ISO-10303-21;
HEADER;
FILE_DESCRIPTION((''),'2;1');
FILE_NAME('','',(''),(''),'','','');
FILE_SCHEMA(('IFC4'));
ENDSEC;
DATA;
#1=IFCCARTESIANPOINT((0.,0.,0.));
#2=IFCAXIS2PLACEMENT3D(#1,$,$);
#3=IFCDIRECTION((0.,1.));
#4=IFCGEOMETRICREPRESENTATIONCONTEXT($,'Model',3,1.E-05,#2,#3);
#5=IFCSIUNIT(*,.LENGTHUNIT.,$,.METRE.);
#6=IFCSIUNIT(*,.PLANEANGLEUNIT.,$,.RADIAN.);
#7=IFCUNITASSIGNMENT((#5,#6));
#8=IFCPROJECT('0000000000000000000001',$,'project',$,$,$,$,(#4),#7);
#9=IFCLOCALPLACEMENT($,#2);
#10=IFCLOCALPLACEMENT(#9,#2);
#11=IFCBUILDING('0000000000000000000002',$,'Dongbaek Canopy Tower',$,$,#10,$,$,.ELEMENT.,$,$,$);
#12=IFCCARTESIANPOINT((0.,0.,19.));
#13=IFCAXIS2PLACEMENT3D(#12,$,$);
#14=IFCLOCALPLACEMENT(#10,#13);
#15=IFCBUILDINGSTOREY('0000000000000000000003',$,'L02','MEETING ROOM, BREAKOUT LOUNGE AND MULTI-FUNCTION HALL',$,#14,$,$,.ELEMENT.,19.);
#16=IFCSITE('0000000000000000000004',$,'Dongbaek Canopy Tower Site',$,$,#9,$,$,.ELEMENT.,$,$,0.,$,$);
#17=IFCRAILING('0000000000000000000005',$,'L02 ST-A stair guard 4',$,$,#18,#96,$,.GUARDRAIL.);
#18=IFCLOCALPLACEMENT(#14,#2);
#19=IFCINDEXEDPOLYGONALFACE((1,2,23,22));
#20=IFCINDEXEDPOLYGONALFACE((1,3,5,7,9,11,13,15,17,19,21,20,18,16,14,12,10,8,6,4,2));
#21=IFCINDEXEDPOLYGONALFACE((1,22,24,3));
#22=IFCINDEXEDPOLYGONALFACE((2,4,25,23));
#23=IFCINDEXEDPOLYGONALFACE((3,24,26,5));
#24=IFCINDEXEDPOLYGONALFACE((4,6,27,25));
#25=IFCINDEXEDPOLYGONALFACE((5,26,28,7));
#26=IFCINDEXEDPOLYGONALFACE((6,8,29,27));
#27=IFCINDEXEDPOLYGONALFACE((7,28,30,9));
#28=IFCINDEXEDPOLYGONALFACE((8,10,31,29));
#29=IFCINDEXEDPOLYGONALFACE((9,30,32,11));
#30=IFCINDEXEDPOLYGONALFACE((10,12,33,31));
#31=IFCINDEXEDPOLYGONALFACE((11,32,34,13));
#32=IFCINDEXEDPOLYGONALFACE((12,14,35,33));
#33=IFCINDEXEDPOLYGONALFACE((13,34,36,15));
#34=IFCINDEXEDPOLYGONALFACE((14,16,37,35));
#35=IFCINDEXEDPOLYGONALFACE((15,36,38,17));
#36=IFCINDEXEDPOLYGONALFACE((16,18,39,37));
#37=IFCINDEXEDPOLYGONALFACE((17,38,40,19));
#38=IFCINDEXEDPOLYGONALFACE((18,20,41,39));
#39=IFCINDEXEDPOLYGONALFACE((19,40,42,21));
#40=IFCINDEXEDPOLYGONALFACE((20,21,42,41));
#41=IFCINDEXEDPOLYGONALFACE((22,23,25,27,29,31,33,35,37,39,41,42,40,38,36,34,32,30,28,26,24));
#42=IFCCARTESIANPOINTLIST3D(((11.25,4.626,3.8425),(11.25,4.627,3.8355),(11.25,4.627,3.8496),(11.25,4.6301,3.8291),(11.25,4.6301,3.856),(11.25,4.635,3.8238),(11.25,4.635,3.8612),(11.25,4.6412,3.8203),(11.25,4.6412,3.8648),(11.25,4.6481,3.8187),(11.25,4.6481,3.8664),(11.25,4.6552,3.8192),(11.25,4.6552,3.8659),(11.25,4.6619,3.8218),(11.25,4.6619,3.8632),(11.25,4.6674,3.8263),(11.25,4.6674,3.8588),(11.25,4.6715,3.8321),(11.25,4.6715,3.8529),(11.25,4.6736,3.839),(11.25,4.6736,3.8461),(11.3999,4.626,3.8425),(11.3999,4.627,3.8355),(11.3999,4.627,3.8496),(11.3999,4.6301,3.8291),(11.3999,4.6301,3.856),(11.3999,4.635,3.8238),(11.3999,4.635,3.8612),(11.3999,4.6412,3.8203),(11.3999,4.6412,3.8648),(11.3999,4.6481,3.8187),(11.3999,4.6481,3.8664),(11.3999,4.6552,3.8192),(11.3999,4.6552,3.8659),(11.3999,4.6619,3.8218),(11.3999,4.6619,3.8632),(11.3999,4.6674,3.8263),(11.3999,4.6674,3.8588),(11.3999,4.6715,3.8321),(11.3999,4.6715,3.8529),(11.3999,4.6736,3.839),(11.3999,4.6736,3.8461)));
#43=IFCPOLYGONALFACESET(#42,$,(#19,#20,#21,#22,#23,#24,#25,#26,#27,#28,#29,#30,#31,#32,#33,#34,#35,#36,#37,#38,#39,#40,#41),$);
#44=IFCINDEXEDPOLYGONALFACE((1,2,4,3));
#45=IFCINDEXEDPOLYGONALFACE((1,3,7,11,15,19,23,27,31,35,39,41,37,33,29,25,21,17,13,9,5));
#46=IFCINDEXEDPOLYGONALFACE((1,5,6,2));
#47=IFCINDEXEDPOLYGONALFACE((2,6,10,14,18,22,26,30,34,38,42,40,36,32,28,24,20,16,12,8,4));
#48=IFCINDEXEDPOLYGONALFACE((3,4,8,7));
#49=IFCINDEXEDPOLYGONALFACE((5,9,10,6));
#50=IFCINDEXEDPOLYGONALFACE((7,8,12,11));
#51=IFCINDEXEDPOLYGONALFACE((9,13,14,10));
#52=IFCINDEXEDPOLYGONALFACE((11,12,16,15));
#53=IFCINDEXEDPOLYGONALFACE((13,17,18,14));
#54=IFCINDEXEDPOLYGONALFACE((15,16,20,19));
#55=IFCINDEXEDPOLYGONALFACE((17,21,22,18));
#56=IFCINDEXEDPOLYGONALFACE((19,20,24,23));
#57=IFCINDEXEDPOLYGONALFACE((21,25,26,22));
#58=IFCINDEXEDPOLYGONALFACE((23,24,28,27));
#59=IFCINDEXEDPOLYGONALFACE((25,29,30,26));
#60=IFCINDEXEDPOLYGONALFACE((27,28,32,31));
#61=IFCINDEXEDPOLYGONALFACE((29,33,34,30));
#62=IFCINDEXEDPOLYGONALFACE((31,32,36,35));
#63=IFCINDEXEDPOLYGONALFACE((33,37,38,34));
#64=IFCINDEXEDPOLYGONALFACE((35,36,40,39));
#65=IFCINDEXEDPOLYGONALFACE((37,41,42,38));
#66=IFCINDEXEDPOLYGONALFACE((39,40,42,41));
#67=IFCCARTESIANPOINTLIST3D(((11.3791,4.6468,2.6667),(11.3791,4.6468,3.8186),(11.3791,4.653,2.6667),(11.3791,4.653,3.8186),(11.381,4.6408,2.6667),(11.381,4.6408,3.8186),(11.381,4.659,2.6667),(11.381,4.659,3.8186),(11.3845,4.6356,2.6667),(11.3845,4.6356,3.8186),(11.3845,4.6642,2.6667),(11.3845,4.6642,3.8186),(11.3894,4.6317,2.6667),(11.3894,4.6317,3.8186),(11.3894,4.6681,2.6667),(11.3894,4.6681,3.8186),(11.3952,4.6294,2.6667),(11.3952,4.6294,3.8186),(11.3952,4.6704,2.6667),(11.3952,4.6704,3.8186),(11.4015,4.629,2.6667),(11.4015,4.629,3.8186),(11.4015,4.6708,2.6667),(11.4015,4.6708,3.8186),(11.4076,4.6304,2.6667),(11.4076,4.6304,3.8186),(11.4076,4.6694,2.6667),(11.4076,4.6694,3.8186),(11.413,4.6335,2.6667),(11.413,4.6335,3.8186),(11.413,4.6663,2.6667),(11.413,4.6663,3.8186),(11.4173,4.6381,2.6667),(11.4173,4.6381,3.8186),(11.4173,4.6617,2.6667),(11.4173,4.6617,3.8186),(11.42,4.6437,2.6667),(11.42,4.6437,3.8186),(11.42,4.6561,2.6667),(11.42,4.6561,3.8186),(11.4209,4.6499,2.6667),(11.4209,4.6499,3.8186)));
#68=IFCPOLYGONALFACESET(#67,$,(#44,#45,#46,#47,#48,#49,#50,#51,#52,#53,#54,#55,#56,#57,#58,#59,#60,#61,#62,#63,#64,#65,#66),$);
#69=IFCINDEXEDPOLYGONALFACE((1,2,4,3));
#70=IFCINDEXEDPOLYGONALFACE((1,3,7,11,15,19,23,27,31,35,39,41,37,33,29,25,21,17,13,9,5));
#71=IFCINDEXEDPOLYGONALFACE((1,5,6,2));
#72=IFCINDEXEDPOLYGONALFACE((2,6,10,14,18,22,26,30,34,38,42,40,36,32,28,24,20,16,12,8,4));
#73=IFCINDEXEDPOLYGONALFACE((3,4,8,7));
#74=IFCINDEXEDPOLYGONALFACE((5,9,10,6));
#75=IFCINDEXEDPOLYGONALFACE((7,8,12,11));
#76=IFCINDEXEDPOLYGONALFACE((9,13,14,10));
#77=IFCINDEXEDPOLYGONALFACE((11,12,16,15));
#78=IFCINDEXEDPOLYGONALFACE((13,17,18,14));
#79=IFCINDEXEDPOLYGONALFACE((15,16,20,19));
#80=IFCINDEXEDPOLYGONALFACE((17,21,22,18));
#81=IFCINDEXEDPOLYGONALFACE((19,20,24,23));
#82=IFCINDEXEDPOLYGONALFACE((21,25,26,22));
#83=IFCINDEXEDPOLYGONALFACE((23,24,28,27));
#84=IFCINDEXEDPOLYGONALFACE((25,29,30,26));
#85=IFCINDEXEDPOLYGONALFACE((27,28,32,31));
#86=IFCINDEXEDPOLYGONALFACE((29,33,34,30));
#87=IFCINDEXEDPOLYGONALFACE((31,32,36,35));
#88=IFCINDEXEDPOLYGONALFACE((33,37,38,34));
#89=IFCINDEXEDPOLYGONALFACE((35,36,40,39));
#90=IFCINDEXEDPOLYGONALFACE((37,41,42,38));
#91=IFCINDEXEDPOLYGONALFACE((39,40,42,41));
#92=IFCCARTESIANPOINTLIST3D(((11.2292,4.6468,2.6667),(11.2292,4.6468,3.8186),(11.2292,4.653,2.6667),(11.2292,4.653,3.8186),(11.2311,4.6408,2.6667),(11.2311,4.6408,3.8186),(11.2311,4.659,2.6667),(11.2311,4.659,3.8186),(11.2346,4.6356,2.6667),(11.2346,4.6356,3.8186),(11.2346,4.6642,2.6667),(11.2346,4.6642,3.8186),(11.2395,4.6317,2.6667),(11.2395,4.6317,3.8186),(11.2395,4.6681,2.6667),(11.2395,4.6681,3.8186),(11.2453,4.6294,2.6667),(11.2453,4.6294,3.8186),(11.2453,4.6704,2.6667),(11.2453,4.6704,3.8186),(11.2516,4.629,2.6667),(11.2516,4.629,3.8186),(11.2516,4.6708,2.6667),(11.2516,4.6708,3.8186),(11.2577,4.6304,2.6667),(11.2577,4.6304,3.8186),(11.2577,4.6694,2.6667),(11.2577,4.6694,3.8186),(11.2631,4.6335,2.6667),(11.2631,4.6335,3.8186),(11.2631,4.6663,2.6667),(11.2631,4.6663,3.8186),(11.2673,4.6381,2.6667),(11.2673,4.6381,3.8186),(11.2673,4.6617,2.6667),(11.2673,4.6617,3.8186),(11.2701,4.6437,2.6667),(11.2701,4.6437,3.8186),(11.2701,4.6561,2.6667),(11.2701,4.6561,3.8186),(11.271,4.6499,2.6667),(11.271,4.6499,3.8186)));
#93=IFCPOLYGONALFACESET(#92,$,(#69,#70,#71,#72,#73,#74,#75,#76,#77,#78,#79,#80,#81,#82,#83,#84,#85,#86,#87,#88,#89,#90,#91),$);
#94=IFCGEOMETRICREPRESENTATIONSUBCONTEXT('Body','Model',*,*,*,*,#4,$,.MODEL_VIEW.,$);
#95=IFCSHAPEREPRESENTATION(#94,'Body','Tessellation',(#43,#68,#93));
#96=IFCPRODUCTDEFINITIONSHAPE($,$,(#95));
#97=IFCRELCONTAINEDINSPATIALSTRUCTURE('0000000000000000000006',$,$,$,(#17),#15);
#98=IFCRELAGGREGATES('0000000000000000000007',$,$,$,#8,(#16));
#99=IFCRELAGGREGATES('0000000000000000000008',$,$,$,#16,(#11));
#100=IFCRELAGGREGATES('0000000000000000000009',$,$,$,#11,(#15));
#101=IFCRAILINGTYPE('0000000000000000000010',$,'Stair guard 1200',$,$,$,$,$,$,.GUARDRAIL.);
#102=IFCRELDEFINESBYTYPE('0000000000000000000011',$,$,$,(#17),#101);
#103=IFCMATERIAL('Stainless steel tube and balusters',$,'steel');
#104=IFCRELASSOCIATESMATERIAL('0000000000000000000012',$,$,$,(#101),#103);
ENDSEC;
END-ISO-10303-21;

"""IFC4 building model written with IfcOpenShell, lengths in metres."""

from ifc_helpers import new_model, si_unit, direction, frame, origin, origin_2d, place, context, subcontext, project, spatial, circle, extrude, material, type_object, element, save


model = new_model("IFC4")

# Units and contexts
model_context = context("Model", 3, precision=1e-05, world=origin(), true_north=direction((0.0, 1.0)))
body_context = subcontext(model_context, "Body", "Model", "MODEL_VIEW")
ifc_project = project(units=[si_unit("LENGTHUNIT", "METRE"), si_unit("PLANEANGLEUNIT", "RADIAN")], contexts=[model_context])

# Site, building, storey
site_placement = place(None, origin())
site = spatial("IfcSite", under=ifc_project, at=site_placement, Name="Dongbaek Canopy Tower Site", CompositionType="ELEMENT", RefElevation=0.0)
building_placement = place(site_placement, origin())
building = spatial("IfcBuilding", under=site, at=building_placement, Name="Dongbaek Canopy Tower", CompositionType="ELEMENT")
storey_placement = place(building_placement, frame((0.0, 0.0, 19.0)))
storey = spatial("IfcBuildingStorey", under=building, at=storey_placement, Name="L02", Description="MEETING ROOM, BREAKOUT LOUNGE AND MULTI-FUNCTION HALL", CompositionType="ELEMENT", Elevation=19.0)

# Railing
ifc_material_1 = material(Name="Stainless steel tube and balusters", Category="steel")
railing_type_1 = type_object("IfcRailingType", Name="Stair guard 1200", PredefinedType="GUARDRAIL", material=ifc_material_1)
railing_1_placement = place(storey_placement, frame((11.3999, 4.6499, 2.6667)))
element("IfcRailing", 1, at=railing_1_placement, inside=storey, type_object=railing_type_1, Name="L02 ST-A stair guard 4", PredefinedType="GUARDRAIL", context=body_context, shape_type="SweptSolid", body=[
    extrude(circle(Radius=0.0239, at=origin_2d()), frame((0.0, 0.0, 1.1758), z_axis=(-1.0, 0.0, 0.0), x_axis=(0.0, -1.0, 0.0)), (0.0, 0.0, 1.0), 0.1499),
    extrude(circle(Radius=0.021, at=origin_2d()), origin(), (0.0, 0.0, 1.0), 1.1519),
    extrude(circle(Radius=0.021, at=origin_2d()), frame((-0.1499, 0.0, 0.0)), (0.0, 0.0, 1.0), 1.1519),
])

save(model, "model.ifc")
